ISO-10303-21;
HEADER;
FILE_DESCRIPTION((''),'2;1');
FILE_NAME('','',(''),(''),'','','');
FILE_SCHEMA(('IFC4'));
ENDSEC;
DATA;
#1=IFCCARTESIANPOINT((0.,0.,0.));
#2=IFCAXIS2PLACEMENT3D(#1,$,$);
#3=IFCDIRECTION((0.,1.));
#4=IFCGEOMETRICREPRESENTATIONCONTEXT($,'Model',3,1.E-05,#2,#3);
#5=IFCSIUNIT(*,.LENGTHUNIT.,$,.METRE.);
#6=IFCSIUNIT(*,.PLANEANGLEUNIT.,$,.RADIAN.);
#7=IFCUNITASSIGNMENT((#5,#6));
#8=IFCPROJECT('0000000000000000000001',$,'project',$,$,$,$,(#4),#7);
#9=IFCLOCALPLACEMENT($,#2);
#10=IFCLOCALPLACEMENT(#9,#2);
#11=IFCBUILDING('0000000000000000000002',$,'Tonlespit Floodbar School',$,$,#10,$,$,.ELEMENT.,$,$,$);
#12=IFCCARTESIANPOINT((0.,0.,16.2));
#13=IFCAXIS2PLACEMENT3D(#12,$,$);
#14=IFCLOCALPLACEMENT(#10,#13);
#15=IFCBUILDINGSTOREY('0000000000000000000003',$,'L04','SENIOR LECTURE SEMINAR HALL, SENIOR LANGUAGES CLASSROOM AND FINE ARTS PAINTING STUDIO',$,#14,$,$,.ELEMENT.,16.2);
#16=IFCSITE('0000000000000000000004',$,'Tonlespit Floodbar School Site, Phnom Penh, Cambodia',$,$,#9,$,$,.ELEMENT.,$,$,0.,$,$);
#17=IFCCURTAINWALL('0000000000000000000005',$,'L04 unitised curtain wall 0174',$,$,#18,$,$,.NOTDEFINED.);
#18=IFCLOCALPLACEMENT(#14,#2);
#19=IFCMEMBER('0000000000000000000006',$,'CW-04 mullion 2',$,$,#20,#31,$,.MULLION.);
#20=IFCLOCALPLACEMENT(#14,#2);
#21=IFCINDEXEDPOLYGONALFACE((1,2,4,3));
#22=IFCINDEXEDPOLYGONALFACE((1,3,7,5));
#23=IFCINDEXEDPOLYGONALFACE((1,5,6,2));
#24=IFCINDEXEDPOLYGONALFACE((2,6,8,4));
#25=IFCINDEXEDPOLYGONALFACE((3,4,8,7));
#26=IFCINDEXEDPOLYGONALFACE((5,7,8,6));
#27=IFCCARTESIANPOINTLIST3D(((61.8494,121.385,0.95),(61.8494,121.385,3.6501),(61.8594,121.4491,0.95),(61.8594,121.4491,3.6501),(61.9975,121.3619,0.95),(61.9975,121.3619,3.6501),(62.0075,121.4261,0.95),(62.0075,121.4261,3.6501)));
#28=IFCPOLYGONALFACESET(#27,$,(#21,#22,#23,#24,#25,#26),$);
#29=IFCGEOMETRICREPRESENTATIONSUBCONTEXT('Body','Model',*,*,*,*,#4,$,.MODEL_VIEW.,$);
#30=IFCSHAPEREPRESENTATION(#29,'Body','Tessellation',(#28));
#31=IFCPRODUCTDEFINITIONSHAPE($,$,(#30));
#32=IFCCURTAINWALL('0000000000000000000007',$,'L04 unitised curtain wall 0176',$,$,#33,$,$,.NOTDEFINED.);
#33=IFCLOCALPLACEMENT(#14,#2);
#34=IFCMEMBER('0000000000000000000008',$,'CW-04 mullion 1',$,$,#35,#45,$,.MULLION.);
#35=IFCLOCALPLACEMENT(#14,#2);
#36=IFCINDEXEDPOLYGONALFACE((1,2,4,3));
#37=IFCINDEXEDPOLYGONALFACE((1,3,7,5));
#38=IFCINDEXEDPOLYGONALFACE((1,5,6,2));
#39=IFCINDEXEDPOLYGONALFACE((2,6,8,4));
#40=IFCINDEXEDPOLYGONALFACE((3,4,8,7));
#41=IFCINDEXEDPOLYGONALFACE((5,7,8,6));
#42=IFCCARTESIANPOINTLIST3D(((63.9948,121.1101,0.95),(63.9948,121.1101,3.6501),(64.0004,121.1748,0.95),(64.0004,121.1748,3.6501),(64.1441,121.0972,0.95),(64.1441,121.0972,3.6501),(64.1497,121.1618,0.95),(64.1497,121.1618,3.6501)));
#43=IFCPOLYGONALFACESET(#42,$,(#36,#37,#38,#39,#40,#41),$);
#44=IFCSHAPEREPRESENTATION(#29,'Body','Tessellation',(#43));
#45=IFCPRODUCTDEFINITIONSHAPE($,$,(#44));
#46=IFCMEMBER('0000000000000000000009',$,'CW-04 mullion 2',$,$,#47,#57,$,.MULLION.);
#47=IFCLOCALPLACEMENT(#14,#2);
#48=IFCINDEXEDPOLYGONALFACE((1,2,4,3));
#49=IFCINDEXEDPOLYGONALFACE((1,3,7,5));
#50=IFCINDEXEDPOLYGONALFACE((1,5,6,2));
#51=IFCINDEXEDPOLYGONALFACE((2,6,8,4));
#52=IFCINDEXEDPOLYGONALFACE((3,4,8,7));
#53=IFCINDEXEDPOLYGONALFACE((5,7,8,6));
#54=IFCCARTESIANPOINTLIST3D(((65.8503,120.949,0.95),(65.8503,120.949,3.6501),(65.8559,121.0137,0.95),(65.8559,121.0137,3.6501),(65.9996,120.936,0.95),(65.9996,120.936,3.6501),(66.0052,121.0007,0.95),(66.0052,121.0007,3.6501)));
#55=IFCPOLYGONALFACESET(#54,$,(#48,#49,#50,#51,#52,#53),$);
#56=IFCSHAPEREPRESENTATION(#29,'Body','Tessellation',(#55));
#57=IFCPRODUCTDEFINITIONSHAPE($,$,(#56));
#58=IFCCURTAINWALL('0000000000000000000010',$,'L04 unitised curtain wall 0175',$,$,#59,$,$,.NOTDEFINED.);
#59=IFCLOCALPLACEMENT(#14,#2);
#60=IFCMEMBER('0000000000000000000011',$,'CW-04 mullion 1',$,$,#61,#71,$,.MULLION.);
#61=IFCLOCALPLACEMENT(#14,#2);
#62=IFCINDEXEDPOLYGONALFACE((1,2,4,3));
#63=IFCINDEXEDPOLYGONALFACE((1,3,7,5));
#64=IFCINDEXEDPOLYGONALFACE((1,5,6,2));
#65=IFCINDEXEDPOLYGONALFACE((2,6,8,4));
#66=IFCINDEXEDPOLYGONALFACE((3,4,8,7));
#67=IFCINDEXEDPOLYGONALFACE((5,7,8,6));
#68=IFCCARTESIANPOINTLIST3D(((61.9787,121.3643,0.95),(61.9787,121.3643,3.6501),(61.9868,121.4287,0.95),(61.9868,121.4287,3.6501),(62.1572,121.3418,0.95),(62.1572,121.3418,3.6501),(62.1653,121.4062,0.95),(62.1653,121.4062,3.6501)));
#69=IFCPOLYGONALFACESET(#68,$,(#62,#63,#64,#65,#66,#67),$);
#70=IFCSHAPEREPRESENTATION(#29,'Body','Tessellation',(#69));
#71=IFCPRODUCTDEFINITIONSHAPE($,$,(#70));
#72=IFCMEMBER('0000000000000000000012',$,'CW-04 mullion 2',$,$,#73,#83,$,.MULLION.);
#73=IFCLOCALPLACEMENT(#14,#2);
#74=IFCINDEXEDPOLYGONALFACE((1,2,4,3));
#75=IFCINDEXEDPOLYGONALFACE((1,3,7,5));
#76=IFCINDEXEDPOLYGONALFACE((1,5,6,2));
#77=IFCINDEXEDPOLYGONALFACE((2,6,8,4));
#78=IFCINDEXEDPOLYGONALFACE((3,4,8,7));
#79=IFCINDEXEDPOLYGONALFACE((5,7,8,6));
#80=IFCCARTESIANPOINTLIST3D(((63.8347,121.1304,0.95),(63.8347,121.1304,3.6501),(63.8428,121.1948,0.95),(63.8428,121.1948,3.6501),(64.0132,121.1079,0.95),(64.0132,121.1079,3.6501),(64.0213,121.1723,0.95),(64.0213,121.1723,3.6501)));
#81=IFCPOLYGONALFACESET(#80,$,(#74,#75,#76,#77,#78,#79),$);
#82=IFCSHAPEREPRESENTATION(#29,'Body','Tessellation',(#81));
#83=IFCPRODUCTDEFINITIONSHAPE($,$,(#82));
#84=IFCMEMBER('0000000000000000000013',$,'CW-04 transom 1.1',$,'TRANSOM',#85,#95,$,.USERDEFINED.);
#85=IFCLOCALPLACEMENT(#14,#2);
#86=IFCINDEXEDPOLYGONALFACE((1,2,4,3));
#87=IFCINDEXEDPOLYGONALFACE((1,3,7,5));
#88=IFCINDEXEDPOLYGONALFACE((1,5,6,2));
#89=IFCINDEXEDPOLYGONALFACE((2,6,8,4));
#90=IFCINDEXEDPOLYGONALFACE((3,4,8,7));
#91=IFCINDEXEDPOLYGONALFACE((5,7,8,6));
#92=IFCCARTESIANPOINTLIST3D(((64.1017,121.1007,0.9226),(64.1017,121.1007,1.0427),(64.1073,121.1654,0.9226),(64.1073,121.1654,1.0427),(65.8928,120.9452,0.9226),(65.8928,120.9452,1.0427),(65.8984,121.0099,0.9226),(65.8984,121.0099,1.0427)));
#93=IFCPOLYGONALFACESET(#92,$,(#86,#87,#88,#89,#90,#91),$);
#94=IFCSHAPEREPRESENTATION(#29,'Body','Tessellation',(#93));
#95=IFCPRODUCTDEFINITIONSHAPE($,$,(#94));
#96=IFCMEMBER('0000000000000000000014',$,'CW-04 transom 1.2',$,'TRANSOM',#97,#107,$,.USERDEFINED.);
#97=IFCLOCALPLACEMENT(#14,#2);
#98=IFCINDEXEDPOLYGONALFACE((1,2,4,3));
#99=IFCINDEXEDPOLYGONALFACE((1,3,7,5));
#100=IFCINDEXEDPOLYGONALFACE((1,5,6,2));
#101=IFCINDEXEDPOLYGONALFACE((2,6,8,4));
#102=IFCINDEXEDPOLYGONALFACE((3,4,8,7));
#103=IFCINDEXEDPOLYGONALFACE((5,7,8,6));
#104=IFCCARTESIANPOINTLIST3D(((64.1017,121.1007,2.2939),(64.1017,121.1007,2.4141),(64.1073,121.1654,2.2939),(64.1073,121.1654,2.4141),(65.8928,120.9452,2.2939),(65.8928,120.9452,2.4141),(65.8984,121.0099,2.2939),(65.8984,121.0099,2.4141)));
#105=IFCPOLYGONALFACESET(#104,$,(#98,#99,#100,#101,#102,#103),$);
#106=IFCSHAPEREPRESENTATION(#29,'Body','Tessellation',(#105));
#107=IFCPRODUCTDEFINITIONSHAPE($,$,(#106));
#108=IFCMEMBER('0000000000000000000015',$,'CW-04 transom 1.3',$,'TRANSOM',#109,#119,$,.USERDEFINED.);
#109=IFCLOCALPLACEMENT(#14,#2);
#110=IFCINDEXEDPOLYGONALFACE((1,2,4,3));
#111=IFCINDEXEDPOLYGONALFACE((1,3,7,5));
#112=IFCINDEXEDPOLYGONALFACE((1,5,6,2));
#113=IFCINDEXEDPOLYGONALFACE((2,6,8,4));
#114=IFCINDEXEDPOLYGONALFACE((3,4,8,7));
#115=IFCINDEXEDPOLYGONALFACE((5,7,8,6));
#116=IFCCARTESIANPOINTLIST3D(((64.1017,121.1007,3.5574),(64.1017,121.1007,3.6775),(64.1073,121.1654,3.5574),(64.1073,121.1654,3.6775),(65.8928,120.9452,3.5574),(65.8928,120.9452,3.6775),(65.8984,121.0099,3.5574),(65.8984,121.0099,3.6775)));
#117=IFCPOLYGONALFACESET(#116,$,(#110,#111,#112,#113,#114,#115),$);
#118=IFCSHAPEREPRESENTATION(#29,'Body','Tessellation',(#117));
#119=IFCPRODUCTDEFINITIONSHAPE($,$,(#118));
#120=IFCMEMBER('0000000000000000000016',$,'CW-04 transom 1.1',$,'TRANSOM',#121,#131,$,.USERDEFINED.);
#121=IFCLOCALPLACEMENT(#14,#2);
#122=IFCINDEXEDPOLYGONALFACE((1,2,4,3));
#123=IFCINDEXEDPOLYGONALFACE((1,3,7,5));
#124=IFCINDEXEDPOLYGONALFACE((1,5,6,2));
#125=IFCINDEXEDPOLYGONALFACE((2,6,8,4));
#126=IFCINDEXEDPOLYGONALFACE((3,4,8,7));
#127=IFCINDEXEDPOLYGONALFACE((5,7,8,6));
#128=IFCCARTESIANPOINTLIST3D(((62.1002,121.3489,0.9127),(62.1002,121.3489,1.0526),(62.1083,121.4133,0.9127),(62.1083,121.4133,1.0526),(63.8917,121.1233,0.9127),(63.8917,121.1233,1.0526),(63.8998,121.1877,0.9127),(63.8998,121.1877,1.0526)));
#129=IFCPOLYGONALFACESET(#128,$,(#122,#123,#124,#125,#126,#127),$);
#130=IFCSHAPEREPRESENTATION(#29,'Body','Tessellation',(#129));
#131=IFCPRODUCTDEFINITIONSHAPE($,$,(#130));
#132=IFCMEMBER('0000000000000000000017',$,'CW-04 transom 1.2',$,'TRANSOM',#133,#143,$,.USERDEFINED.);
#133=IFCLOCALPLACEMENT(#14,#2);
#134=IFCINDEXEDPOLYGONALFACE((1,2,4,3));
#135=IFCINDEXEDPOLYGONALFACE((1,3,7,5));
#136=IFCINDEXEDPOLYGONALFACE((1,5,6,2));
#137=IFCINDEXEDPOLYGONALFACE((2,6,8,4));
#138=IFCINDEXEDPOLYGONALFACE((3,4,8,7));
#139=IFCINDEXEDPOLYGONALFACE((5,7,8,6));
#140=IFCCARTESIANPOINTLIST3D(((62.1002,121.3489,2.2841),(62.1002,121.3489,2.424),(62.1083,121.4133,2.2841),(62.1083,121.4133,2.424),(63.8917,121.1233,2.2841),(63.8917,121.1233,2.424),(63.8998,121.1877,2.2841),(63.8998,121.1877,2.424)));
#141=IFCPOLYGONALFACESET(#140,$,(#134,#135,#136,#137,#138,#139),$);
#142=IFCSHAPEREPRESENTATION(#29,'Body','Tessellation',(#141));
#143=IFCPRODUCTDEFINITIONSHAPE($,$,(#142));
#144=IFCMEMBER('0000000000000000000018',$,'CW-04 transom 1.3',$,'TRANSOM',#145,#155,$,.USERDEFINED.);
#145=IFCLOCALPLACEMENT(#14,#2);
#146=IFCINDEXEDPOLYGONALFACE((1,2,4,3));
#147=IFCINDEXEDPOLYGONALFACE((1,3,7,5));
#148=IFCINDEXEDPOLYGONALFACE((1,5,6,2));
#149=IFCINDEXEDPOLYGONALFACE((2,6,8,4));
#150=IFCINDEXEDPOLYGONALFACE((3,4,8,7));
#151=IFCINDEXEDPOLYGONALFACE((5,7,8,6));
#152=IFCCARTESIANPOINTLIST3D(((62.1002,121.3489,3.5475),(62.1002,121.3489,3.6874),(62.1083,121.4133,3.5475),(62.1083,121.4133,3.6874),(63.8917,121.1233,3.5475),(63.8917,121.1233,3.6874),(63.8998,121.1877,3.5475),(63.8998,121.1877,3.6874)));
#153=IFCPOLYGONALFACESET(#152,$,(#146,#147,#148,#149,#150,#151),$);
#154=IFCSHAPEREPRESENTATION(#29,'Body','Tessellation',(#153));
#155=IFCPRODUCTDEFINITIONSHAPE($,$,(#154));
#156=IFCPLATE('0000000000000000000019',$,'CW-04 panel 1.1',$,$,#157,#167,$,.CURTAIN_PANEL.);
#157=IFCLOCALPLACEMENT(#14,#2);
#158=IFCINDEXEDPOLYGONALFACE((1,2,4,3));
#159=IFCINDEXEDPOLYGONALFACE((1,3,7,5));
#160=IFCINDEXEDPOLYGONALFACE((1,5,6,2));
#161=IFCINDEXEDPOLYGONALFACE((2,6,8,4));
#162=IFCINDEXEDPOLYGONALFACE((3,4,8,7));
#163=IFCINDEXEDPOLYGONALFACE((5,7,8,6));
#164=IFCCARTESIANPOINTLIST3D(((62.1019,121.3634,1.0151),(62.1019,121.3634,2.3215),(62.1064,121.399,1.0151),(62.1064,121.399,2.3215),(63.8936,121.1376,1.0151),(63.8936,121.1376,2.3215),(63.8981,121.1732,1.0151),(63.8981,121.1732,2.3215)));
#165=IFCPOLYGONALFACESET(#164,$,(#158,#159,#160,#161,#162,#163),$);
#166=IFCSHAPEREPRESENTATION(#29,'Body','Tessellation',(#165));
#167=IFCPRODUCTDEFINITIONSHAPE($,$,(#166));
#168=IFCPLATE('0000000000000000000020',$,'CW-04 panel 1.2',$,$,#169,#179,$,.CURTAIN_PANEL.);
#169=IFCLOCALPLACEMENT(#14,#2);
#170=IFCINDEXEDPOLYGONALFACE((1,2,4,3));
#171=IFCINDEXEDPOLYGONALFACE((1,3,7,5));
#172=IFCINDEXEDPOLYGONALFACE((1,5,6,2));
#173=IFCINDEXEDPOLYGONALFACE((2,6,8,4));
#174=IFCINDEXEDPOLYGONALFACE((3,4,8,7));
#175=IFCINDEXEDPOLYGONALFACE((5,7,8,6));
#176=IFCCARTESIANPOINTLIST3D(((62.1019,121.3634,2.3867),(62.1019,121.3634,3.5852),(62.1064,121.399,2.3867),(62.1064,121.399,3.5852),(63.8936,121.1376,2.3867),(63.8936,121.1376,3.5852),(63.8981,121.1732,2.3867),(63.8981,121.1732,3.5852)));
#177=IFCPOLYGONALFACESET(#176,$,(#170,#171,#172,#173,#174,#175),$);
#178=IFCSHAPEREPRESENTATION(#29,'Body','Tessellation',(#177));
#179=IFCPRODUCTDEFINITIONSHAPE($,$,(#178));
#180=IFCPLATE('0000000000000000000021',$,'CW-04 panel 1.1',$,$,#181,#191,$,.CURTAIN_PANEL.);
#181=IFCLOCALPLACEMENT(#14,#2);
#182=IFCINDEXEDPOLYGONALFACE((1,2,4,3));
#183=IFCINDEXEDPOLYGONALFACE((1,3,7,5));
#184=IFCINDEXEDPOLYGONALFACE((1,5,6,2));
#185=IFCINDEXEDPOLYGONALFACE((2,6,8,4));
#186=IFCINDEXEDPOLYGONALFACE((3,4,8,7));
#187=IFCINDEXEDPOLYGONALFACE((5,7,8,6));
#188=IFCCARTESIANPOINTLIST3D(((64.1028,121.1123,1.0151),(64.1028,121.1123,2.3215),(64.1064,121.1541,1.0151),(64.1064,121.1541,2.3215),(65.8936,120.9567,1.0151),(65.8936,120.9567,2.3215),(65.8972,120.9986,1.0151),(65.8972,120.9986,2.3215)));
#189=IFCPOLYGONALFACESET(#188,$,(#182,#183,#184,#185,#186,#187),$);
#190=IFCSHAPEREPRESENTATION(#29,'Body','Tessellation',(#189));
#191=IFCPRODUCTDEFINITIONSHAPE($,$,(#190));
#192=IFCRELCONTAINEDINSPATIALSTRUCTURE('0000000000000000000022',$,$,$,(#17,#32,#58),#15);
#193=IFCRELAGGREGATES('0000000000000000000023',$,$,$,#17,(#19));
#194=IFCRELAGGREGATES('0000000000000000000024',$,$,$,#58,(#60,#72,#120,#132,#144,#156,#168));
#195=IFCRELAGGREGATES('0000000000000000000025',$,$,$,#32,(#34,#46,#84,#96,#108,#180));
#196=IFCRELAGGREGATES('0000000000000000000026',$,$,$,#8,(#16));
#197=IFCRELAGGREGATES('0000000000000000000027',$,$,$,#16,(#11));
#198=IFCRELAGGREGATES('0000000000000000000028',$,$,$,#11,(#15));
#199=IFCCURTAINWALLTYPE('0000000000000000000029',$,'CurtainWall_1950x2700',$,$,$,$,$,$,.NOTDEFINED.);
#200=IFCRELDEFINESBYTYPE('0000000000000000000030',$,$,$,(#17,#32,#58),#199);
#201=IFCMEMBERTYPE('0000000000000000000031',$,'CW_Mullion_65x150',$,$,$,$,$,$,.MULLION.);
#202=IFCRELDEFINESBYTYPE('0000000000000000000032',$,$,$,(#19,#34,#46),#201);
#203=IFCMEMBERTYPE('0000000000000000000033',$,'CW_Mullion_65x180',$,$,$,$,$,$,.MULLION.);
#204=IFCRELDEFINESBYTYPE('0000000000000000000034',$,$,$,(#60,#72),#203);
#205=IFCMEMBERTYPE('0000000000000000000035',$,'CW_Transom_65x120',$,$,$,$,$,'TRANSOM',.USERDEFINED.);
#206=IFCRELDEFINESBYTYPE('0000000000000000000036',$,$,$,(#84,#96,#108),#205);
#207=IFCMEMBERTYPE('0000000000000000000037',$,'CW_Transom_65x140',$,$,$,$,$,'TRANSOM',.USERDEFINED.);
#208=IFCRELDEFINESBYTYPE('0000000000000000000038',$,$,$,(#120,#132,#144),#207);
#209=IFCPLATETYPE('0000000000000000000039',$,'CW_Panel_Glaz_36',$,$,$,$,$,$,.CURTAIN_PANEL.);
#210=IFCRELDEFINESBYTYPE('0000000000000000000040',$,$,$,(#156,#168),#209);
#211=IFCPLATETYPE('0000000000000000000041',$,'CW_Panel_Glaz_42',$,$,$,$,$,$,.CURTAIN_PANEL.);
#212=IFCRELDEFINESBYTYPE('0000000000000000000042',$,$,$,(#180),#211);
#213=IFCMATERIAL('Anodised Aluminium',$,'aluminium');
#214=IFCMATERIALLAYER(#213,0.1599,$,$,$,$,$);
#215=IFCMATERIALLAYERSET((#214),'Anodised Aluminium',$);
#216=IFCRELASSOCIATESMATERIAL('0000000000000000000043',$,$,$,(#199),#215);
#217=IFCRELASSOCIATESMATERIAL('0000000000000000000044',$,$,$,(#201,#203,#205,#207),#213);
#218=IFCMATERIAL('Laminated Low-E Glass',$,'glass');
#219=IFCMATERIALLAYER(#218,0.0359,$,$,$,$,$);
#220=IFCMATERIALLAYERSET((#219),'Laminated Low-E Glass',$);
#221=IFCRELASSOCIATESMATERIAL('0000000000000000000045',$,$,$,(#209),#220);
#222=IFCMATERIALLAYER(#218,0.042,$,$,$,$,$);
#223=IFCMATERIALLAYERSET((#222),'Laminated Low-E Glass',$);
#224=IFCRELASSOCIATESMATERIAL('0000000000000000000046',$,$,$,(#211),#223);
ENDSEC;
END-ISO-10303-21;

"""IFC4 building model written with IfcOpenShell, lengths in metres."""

from ifc_helpers import new_model, si_unit, direction, frame, origin, origin_2d, place, context, subcontext, project, spatial, rectangle, extrude, material, layer, layer_set, material_profile, profile_set, type_object, element, aggregate, save


model = new_model("IFC4")

# Units and contexts
model_context = context("Model", 3, precision=1e-05, world=origin(), true_north=direction((0.0, 1.0)))
body_context = subcontext(model_context, "Body", "Model", "MODEL_VIEW")
ifc_project = project(units=[si_unit("LENGTHUNIT", "METRE"), si_unit("PLANEANGLEUNIT", "RADIAN")], contexts=[model_context])

# Site, building, storey
site_placement = place(None, origin())
site = spatial("IfcSite", under=ifc_project, at=site_placement, Name="Tonlespit Floodbar School Site, Phnom Penh, Cambodia", CompositionType="ELEMENT", RefElevation=0.0)
building_placement = place(site_placement, origin())
building = spatial("IfcBuilding", under=site, at=building_placement, Name="Tonlespit Floodbar School", CompositionType="ELEMENT")
storey_placement = place(building_placement, frame((0.0, 0.0, 16.2)))
storey = spatial("IfcBuildingStorey", under=building, at=storey_placement, Name="L04", Description="SENIOR LECTURE SEMINAR HALL, SENIOR LANGUAGES CLASSROOM AND FINE ARTS PAINTING STUDIO", CompositionType="ELEMENT", Elevation=16.2)

# Curtain wall, member
ifc_material_1 = material(Name="Anodised Aluminium", Category="aluminium")
ifc_layer_1 = layer(ifc_material_1, 0.1599)
ifc_layer_set_1 = layer_set([ifc_layer_1], Name="Anodised Aluminium")
curtain_wall_type = type_object("IfcCurtainWallType", Name="CurtainWall_1950x2700", PredefinedType="NOTDEFINED", material=ifc_layer_set_1)
curtain_wall_1_placement = place(storey_placement, origin())
curtain_wall_1 = element("IfcCurtainWall", 1, at=curtain_wall_1_placement, inside=storey, type_object=curtain_wall_type, Name="L04 unitised curtain wall 0174", PredefinedType="NOTDEFINED")
ifc_material_profile_1 = material_profile(ifc_material_1, rectangle(XDim=0.0649, YDim=0.1499, at=origin_2d()), Name="ALU M65x150")
ifc_profile_set_1 = profile_set([ifc_material_profile_1], Name="Anodised Aluminium")
member_type_1 = type_object("IfcMemberType", Name="CW_Mullion_65x150", PredefinedType="MULLION", material=ifc_profile_set_1)
member_1_placement = place(storey_placement, frame((61.9285, 121.4055, 0.95), z_axis=(0.0, 0.0, 1.0), x_axis=(0.153796, 0.988103, 0.0)))
member_1 = element("IfcMember", 2, at=member_1_placement, type_object=member_type_1, Name="CW-04 mullion 2", PredefinedType="MULLION", context=body_context, shape_type="SweptSolid", body=[
    extrude(rectangle(XDim=0.0649, YDim=0.1499, at=origin_2d()), origin(), (0.0, 0.0, 1.0), 2.7002),
])
aggregate(curtain_wall_1, [member_1])

# Curtain walls, members
curtain_wall_2_placement = place(storey_placement, origin())
curtain_wall_2 = element("IfcCurtainWall", 3, at=curtain_wall_2_placement, inside=storey, type_object=curtain_wall_type, Name="L04 unitised curtain wall 0176", PredefinedType="NOTDEFINED")
member_2_placement = place(storey_placement, frame((64.0723, 121.136, 0.95), z_axis=(0.0, 0.0, 1.0), x_axis=(0.086531, 0.996249, 0.0)))
member_2 = element("IfcMember", 4, at=member_2_placement, type_object=member_type_1, Name="CW-04 mullion 1", PredefinedType="MULLION", context=body_context, shape_type="SweptSolid", body=[
    extrude(rectangle(XDim=0.0649, YDim=0.1499, at=origin_2d()), origin(), (0.0, 0.0, 1.0), 2.7002),
])
member_3_placement = place(storey_placement, frame((65.9277, 120.9749, 0.95), z_axis=(0.0, 0.0, 1.0), x_axis=(0.086531, 0.996249, 0.0)))
member_3 = element("IfcMember", 5, at=member_3_placement, type_object=member_type_1, Name="CW-04 mullion 2", PredefinedType="MULLION", context=body_context, shape_type="SweptSolid", body=[
    extrude(rectangle(XDim=0.0649, YDim=0.1499, at=origin_2d()), origin(), (0.0, 0.0, 1.0), 2.7002),
])
curtain_wall_3_placement = place(storey_placement, origin())
curtain_wall_3 = element("IfcCurtainWall", 6, at=curtain_wall_3_placement, inside=storey, type_object=curtain_wall_type, Name="L04 unitised curtain wall 0175", PredefinedType="NOTDEFINED")
ifc_material_profile_2 = material_profile(ifc_material_1, rectangle(XDim=0.0649, YDim=0.1799, at=origin_2d()), Name="ALU M65x180")
ifc_profile_set_2 = profile_set([ifc_material_profile_2], Name="Anodised Aluminium")
member_type_2 = type_object("IfcMemberType", Name="CW_Mullion_65x180", PredefinedType="MULLION", material=ifc_profile_set_2)
member_4_placement = place(storey_placement, frame((62.072, 121.3853, 0.95), z_axis=(0.0, 0.0, 1.0), x_axis=(0.125014, 0.992155, 0.0)))
member_4 = element("IfcMember", 7, at=member_4_placement, type_object=member_type_2, Name="CW-04 mullion 1", PredefinedType="MULLION", context=body_context, shape_type="SweptSolid", body=[
    extrude(rectangle(XDim=0.0649, YDim=0.1799, at=origin_2d()), origin(), (0.0, 0.0, 1.0), 2.7002),
])
member_5_placement = place(storey_placement, frame((63.928, 121.1514, 0.95), z_axis=(0.0, 0.0, 1.0), x_axis=(0.125014, 0.992155, 0.0)))
member_5 = element("IfcMember", 8, at=member_5_placement, type_object=member_type_2, Name="CW-04 mullion 2", PredefinedType="MULLION", context=body_context, shape_type="SweptSolid", body=[
    extrude(rectangle(XDim=0.0649, YDim=0.1799, at=origin_2d()), origin(), (0.0, 0.0, 1.0), 2.7002),
])

# Members
ifc_material_profile_3 = material_profile(ifc_material_1, rectangle(XDim=0.0649, YDim=0.1201, at=origin_2d()), Name="ALU T65x120")
ifc_profile_set_3 = profile_set([ifc_material_profile_3], Name="Anodised Aluminium")
member_type_3 = type_object("IfcMemberType", Name="CW_Transom_65x120", ElementType="TRANSOM", PredefinedType="USERDEFINED", material=ifc_profile_set_3)
member_6_placement = place(storey_placement, frame((64.1045, 121.1331, 0.9827), z_axis=(0.996251, -0.086507, 0.0), x_axis=(0.086507, 0.996251, 0.0)))
member_6 = element("IfcMember", 9, at=member_6_placement, type_object=member_type_3, Name="CW-04 transom 1.1", ObjectType="TRANSOM", PredefinedType="USERDEFINED", context=body_context, shape_type="SweptSolid", body=[
    extrude(rectangle(XDim=0.0649, YDim=0.1201, at=origin_2d()), origin(), (0.0, 0.0, 1.0), 1.7979),
])
member_7_placement = place(storey_placement, frame((64.1045, 121.1331, 2.354), z_axis=(0.996251, -0.086507, 0.0), x_axis=(0.086507, 0.996251, 0.0)))
member_7 = element("IfcMember", 10, at=member_7_placement, type_object=member_type_3, Name="CW-04 transom 1.2", ObjectType="TRANSOM", PredefinedType="USERDEFINED", context=body_context, shape_type="SweptSolid", body=[
    extrude(rectangle(XDim=0.0649, YDim=0.1201, at=origin_2d()), origin(), (0.0, 0.0, 1.0), 1.7979),
])
member_8_placement = place(storey_placement, frame((64.1045, 121.1331, 3.6174), z_axis=(0.996251, -0.086507, 0.0), x_axis=(0.086507, 0.996251, 0.0)))
member_8 = element("IfcMember", 11, at=member_8_placement, type_object=member_type_3, Name="CW-04 transom 1.3", ObjectType="TRANSOM", PredefinedType="USERDEFINED", context=body_context, shape_type="SweptSolid", body=[
    extrude(rectangle(XDim=0.0649, YDim=0.1201, at=origin_2d()), origin(), (0.0, 0.0, 1.0), 1.7979),
])
ifc_material_profile_4 = material_profile(ifc_material_1, rectangle(XDim=0.0649, YDim=0.1399, at=origin_2d()), Name="ALU T65x140")
ifc_profile_set_4 = profile_set([ifc_material_profile_4], Name="Anodised Aluminium")
member_type_4 = type_object("IfcMemberType", Name="CW_Transom_65x140", ElementType="TRANSOM", PredefinedType="USERDEFINED", material=ifc_profile_set_4)
member_9_placement = place(storey_placement, frame((62.1042, 121.3811, 0.9827), z_axis=(0.992165, -0.124933, 0.0), x_axis=(0.124933, 0.992165, 0.0)))
member_9 = element("IfcMember", 12, at=member_9_placement, type_object=member_type_4, Name="CW-04 transom 1.1", ObjectType="TRANSOM", PredefinedType="USERDEFINED", context=body_context, shape_type="SweptSolid", body=[
    extrude(rectangle(XDim=0.0649, YDim=0.1399, at=origin_2d()), origin(), (0.0, 0.0, 1.0), 1.8057),
])
member_10_placement = place(storey_placement, frame((62.1042, 121.3811, 2.354), z_axis=(0.992165, -0.124933, 0.0), x_axis=(0.124933, 0.992165, 0.0)))
member_10 = element("IfcMember", 13, at=member_10_placement, type_object=member_type_4, Name="CW-04 transom 1.2", ObjectType="TRANSOM", PredefinedType="USERDEFINED", context=body_context, shape_type="SweptSolid", body=[
    extrude(rectangle(XDim=0.0649, YDim=0.1399, at=origin_2d()), origin(), (0.0, 0.0, 1.0), 1.8057),
])
member_11_placement = place(storey_placement, frame((62.1042, 121.3811, 3.6174), z_axis=(0.992165, -0.124933, 0.0), x_axis=(0.124933, 0.992165, 0.0)))
member_11 = element("IfcMember", 14, at=member_11_placement, type_object=member_type_4, Name="CW-04 transom 1.3", ObjectType="TRANSOM", PredefinedType="USERDEFINED", context=body_context, shape_type="SweptSolid", body=[
    extrude(rectangle(XDim=0.0649, YDim=0.1399, at=origin_2d()), origin(), (0.0, 0.0, 1.0), 1.8057),
])

# Plates
ifc_material_2 = material(Name="Laminated Low-E Glass", Category="glass")
ifc_layer_2 = layer(ifc_material_2, 0.0359)
ifc_layer_set_2 = layer_set([ifc_layer_2], Name="Laminated Low-E Glass")
plate_type_1 = type_object("IfcPlateType", Name="CW_Panel_Glaz_36", PredefinedType="CURTAIN_PANEL", material=ifc_layer_set_2)
plate_1_placement = place(storey_placement, frame((63.0, 121.2683, 1.0151), z_axis=(0.0, 0.0, 1.0), x_axis=(0.992155, -0.125014, 0.0)))
plate_1 = element("IfcPlate", 15, at=plate_1_placement, type_object=plate_type_1, Name="CW-04 panel 1.1", PredefinedType="CURTAIN_PANEL", context=body_context, shape_type="SweptSolid", body=[
    extrude(rectangle(XDim=1.8059, YDim=0.0359, at=origin_2d()), origin(), (0.0, 0.0, 1.0), 1.3064),
])
plate_2_placement = place(storey_placement, frame((63.0, 121.2683, 2.3867), z_axis=(0.0, 0.0, 1.0), x_axis=(0.992155, -0.125014, 0.0)))
plate_2 = element("IfcPlate", 16, at=plate_2_placement, type_object=plate_type_1, Name="CW-04 panel 1.2", PredefinedType="CURTAIN_PANEL", context=body_context, shape_type="SweptSolid", body=[
    extrude(rectangle(XDim=1.8059, YDim=0.0359, at=origin_2d()), origin(), (0.0, 0.0, 1.0), 1.1985),
])
aggregate(curtain_wall_3, [member_4, member_5, member_9, member_10, member_11, plate_1, plate_2])
ifc_layer_3 = layer(ifc_material_2, 0.042)
ifc_layer_set_3 = layer_set([ifc_layer_3], Name="Laminated Low-E Glass")
plate_type_2 = type_object("IfcPlateType", Name="CW_Panel_Glaz_42", PredefinedType="CURTAIN_PANEL", material=ifc_layer_set_3)
plate_3_placement = place(storey_placement, frame((65.0, 121.0554, 1.0151), z_axis=(0.0, 0.0, 1.0), x_axis=(0.996249, -0.086531, 0.0)))
plate_3 = element("IfcPlate", 17, at=plate_3_placement, type_object=plate_type_2, Name="CW-04 panel 1.1", PredefinedType="CURTAIN_PANEL", context=body_context, shape_type="SweptSolid", body=[
    extrude(rectangle(XDim=1.7976, YDim=0.042, at=origin_2d()), origin(), (0.0, 0.0, 1.0), 1.3064),
])
aggregate(curtain_wall_2, [member_2, member_3, member_6, member_7, member_8, plate_3])

save(model, "model.ifc")
